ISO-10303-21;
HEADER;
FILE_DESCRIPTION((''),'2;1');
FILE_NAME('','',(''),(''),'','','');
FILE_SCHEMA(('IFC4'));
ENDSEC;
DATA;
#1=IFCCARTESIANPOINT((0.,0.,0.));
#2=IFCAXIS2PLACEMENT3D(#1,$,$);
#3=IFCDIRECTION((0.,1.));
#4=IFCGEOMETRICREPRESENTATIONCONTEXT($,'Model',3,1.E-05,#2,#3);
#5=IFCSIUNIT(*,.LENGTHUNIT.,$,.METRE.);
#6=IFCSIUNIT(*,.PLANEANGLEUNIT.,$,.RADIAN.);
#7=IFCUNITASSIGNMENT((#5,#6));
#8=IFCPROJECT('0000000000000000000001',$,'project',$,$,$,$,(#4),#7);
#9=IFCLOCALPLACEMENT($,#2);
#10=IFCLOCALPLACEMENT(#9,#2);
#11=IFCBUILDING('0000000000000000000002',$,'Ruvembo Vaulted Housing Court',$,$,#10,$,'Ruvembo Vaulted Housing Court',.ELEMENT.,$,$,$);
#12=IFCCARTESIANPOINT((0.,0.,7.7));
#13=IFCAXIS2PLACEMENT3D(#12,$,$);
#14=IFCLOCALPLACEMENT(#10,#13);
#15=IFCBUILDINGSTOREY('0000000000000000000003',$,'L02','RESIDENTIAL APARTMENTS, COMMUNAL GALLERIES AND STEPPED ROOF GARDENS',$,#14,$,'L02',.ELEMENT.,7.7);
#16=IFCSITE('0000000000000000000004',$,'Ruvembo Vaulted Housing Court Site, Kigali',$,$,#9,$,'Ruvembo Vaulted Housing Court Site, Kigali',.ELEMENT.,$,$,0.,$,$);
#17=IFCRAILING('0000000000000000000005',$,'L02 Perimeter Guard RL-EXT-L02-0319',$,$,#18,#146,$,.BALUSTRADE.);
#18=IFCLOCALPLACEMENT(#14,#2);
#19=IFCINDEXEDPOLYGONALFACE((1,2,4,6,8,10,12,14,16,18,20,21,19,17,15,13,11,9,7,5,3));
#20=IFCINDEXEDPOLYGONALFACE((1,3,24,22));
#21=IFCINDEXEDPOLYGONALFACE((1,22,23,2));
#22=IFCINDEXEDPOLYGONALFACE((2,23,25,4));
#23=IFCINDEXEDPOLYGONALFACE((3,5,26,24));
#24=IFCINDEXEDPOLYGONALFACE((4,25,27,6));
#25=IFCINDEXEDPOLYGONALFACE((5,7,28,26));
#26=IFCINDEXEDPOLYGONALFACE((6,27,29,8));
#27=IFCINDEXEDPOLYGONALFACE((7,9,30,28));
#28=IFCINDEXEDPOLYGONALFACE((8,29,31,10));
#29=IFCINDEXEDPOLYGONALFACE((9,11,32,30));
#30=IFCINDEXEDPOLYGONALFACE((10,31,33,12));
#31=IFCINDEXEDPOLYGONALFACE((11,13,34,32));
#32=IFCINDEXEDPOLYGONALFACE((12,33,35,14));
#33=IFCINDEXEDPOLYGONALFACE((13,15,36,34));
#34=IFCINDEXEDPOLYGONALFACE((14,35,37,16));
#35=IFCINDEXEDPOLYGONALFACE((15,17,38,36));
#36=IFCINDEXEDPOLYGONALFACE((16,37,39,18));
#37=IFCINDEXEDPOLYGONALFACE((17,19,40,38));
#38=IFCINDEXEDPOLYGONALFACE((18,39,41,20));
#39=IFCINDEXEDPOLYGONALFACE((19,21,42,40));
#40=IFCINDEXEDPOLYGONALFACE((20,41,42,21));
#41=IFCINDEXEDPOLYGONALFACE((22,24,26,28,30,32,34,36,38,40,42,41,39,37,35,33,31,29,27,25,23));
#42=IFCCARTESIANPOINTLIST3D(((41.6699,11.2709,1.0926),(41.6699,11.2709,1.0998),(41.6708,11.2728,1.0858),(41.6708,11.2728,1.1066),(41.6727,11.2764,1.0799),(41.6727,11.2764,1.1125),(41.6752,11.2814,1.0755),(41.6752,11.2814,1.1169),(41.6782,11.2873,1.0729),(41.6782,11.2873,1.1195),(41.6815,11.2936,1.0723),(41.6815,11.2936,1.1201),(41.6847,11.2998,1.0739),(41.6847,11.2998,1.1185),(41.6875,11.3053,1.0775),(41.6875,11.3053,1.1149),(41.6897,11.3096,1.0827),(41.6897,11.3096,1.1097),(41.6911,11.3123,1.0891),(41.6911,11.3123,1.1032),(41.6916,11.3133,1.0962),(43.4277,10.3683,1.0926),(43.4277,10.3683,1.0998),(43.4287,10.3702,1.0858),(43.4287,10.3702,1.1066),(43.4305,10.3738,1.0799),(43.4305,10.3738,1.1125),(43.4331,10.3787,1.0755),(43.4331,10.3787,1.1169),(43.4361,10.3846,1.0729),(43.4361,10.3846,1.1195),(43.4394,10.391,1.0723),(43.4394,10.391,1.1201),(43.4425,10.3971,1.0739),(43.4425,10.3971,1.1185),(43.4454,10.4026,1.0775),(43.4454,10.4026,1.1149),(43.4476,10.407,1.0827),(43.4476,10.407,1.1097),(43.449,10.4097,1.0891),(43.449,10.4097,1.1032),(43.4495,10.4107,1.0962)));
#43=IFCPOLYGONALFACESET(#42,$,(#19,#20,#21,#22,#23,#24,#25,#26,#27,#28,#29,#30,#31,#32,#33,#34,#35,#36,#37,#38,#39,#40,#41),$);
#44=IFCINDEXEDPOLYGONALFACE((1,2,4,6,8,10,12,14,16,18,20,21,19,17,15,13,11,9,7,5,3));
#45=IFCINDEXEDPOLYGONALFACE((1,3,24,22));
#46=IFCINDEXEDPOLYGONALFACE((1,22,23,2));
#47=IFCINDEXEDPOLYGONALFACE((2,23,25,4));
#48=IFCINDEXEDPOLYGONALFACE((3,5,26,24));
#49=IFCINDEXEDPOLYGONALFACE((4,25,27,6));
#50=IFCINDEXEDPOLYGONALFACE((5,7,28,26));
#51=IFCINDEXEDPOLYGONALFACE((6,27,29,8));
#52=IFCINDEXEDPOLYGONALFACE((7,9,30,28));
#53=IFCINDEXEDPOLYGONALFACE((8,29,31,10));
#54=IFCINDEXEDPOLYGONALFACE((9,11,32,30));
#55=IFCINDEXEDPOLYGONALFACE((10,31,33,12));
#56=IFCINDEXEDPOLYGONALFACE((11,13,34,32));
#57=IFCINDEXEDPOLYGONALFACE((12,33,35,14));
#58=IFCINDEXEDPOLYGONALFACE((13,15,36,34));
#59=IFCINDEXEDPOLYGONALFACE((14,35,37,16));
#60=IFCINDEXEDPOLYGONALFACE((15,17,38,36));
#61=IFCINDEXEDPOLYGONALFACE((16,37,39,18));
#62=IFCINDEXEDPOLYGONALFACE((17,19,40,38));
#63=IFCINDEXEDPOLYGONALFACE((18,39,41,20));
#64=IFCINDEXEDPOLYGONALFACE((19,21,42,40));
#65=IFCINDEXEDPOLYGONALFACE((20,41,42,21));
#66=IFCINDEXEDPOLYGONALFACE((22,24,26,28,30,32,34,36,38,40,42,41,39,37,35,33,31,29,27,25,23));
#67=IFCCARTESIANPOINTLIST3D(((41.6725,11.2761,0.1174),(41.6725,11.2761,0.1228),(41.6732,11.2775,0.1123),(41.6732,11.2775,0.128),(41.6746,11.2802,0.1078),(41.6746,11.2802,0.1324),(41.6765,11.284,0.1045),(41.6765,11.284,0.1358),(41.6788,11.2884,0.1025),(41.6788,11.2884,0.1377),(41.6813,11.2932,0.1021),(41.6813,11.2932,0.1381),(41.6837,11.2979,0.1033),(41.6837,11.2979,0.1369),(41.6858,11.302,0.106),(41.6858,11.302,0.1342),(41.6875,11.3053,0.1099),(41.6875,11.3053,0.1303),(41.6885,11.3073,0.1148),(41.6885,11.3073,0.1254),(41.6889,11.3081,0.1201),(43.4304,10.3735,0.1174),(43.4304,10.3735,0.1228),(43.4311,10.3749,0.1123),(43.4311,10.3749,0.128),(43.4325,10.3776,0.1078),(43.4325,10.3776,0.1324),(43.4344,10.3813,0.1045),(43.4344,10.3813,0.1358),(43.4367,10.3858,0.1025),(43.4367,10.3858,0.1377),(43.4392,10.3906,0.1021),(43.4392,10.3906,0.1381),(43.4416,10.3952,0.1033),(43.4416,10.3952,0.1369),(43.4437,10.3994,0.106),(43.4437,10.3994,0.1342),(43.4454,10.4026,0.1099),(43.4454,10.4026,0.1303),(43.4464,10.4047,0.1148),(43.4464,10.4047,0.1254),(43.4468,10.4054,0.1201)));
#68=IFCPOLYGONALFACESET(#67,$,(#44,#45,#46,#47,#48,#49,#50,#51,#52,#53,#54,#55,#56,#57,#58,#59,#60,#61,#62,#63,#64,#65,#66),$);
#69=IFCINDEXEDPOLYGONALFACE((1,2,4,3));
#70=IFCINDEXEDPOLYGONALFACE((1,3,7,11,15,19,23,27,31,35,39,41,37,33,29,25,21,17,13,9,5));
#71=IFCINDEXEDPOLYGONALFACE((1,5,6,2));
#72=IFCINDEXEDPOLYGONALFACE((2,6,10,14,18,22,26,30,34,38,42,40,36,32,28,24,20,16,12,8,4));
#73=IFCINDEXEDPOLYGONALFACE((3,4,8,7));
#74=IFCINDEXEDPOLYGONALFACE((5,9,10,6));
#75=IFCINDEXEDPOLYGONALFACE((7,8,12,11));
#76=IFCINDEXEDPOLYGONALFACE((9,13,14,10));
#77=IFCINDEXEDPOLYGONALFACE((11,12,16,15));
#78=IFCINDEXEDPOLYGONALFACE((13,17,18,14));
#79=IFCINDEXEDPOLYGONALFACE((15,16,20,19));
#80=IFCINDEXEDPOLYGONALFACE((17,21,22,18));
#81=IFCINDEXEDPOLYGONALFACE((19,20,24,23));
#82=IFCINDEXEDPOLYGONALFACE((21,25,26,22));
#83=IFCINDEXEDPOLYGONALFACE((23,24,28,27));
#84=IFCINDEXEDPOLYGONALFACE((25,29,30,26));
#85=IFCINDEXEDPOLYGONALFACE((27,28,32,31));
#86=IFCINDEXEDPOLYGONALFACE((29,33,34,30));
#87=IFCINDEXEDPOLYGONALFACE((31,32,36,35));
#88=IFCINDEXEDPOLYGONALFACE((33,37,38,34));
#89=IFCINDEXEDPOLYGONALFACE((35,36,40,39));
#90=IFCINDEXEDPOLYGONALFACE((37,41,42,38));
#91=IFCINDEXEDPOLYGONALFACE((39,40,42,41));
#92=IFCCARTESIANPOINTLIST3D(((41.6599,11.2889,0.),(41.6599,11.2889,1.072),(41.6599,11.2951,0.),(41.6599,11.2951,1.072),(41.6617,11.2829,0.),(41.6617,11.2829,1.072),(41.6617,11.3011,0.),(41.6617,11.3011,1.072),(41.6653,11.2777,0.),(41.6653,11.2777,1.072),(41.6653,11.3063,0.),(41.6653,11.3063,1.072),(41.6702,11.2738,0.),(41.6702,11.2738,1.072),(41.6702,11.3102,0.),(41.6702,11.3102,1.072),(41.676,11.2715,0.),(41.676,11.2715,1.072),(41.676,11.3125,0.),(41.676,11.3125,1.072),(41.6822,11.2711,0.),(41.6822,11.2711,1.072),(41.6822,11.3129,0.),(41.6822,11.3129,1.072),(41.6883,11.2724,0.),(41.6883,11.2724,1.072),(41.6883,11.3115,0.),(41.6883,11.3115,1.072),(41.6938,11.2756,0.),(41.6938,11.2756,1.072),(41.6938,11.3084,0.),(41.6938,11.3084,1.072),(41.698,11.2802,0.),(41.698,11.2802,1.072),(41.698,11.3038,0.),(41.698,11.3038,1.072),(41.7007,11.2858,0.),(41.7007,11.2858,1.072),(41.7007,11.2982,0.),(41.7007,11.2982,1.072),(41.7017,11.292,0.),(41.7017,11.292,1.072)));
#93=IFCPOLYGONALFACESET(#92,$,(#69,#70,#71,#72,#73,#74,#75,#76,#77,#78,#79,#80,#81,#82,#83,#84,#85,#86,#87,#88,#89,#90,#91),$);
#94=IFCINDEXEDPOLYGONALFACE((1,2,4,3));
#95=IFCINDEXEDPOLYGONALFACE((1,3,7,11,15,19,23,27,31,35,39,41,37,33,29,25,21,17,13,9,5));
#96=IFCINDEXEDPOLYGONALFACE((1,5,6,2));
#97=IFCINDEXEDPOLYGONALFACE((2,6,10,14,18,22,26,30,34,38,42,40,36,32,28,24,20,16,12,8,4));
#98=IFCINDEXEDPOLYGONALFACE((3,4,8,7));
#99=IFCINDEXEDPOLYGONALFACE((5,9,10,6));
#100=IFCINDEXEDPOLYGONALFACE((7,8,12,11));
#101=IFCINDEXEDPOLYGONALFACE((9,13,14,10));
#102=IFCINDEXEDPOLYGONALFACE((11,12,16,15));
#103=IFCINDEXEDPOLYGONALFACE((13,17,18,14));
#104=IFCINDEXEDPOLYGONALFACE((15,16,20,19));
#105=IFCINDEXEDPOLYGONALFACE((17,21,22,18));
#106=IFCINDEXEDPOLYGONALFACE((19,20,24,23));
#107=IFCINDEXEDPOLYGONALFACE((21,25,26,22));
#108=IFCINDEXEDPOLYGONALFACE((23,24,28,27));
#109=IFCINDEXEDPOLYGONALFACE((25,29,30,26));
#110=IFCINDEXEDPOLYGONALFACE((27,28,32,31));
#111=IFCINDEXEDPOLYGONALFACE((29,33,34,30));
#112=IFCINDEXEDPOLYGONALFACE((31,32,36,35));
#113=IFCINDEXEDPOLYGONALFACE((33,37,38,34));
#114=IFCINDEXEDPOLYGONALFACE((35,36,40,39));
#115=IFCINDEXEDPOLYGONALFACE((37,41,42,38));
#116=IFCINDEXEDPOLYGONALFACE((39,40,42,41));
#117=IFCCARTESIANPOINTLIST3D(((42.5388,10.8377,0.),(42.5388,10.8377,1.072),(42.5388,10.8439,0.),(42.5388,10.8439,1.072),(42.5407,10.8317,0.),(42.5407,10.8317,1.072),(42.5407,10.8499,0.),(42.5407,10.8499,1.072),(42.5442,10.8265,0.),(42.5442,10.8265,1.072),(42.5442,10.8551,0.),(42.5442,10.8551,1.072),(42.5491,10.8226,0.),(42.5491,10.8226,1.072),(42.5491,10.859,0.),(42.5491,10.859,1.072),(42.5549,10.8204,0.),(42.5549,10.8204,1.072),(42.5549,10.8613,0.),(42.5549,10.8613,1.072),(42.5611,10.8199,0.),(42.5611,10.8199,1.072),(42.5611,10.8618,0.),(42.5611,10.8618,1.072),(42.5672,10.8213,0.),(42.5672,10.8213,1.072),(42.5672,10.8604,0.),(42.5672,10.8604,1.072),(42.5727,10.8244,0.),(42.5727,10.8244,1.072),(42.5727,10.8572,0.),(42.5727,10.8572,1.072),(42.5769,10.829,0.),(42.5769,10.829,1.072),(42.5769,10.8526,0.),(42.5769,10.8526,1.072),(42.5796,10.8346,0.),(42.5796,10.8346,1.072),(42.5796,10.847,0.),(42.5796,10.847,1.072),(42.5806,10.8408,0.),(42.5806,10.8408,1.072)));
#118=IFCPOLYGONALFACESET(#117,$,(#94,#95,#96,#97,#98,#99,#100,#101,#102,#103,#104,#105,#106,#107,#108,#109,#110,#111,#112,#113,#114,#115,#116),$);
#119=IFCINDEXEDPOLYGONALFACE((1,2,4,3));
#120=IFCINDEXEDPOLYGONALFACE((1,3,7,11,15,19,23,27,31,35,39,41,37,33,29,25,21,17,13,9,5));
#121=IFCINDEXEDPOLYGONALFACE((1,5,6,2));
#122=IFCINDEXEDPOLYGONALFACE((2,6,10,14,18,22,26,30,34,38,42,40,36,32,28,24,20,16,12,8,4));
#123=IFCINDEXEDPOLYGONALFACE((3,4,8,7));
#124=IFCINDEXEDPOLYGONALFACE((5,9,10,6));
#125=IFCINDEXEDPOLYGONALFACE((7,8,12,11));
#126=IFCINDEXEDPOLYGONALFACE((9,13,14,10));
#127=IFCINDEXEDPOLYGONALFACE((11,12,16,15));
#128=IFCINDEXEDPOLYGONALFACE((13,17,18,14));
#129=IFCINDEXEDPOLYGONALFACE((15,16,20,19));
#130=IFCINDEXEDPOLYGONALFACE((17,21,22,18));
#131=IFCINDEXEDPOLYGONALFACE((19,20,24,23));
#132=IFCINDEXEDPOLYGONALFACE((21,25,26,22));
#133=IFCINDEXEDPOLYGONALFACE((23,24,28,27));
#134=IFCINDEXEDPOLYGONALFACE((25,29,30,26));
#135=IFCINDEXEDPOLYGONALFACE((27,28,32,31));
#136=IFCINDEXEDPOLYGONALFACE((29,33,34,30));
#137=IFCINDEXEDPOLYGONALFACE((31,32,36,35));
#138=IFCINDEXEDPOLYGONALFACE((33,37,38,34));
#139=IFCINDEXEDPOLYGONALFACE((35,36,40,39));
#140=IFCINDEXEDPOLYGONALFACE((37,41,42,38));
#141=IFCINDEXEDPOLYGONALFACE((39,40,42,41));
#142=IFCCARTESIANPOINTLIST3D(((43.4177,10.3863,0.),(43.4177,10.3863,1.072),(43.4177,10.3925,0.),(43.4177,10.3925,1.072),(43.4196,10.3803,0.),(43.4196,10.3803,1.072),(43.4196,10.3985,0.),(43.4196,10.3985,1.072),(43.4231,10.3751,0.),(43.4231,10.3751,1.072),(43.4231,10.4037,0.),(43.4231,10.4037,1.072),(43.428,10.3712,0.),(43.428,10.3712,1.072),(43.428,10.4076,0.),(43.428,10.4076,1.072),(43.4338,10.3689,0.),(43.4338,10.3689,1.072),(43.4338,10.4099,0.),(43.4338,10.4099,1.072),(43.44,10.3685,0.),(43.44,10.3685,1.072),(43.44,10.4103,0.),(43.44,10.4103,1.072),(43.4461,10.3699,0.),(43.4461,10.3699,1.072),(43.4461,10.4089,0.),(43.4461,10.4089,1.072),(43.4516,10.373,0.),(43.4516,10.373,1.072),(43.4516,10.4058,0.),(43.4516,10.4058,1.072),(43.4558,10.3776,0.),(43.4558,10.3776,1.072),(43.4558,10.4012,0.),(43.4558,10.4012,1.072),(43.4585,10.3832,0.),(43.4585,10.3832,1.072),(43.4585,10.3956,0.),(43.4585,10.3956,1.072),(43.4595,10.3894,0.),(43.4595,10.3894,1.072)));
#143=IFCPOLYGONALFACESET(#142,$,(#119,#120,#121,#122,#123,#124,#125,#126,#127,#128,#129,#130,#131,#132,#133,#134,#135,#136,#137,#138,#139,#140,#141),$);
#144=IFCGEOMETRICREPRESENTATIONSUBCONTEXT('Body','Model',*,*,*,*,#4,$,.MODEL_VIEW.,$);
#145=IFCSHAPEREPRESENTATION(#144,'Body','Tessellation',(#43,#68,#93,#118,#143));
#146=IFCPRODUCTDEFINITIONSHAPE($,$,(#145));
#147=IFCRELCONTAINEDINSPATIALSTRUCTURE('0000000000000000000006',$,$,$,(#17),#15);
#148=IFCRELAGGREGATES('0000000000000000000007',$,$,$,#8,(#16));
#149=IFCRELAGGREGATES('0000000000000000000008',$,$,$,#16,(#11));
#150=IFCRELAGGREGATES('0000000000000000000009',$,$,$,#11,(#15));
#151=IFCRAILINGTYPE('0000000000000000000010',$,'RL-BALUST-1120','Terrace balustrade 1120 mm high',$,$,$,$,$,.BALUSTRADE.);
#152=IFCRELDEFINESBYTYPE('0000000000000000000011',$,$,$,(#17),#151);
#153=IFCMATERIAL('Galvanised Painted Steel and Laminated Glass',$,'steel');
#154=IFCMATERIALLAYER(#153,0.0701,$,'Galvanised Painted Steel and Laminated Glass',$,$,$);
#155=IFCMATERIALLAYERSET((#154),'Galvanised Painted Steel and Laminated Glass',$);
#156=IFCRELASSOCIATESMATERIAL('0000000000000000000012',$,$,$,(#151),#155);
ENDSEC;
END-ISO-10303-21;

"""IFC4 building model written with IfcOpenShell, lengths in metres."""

from ifc_helpers import new_model, si_unit, direction, frame, origin, origin_2d, place, context, subcontext, project, spatial, circle, extrude, material, layer, layer_set, type_object, element, save


model = new_model("IFC4")

# Units and contexts
model_context = context("Model", 3, precision=1e-05, world=origin(), true_north=direction((0.0, 1.0)))
body_context = subcontext(model_context, "Body", "Model", "MODEL_VIEW")
ifc_project = project(units=[si_unit("LENGTHUNIT", "METRE"), si_unit("PLANEANGLEUNIT", "RADIAN")], contexts=[model_context])

# Site, building, storey
site_placement = place(None, origin())
site = spatial("IfcSite", under=ifc_project, at=site_placement, Name="Ruvembo Vaulted Housing Court Site, Kigali", LongName="Ruvembo Vaulted Housing Court Site, Kigali", CompositionType="ELEMENT", RefElevation=0.0)
building_placement = place(site_placement, origin())
building = spatial("IfcBuilding", under=site, at=building_placement, Name="Ruvembo Vaulted Housing Court", LongName="Ruvembo Vaulted Housing Court", CompositionType="ELEMENT")
storey_placement = place(building_placement, frame((0.0, 0.0, 7.7)))
storey = spatial("IfcBuildingStorey", under=building, at=storey_placement, Name="L02", Description="RESIDENTIAL APARTMENTS, COMMUNAL GALLERIES AND STEPPED ROOF GARDENS", LongName="L02", CompositionType="ELEMENT", Elevation=7.7)

# Railing
ifc_material_1 = material(Name="Galvanised Painted Steel and Laminated Glass", Category="steel")
ifc_layer_1 = layer(ifc_material_1, 0.0701, Name="Galvanised Painted Steel and Laminated Glass")
ifc_layer_set_1 = layer_set([ifc_layer_1], Name="Galvanised Painted Steel and Laminated Glass")
railing_type = type_object("IfcRailingType", Name="RL-BALUST-1120", Description="Terrace balustrade 1120 mm high", PredefinedType="BALUSTRADE", material=ifc_layer_set_1)
railing_1_placement = place(storey_placement, frame((41.6807, 11.292, 0.0)))
element("IfcRailing", 1, at=railing_1_placement, inside=storey, type_object=railing_type, Name="L02 Perimeter Guard RL-EXT-L02-0319", PredefinedType="BALUSTRADE", context=body_context, shape_type="SweptSolid", body=[
    extrude(circle(Radius=0.0239, at=origin_2d()), frame((0.0, 0.0, 1.0962), z_axis=(0.889582, -0.456776, 0.0), x_axis=(0.456776, 0.889582, 0.0)), (0.0, 0.0, 1.0), 1.9761),
    extrude(circle(Radius=0.0181, at=origin_2d()), frame((0.0, 0.0, 0.1201), z_axis=(0.889582, -0.456776, 0.0), x_axis=(0.456776, 0.889582, 0.0)), (0.0, 0.0, 1.0), 1.9761),
    extrude(circle(Radius=0.021, at=origin_2d()), origin(), (0.0, 0.0, 1.0), 1.072),
    extrude(circle(Radius=0.021, at=origin_2d()), frame((0.8789, -0.4512, 0.0)), (0.0, 0.0, 1.0), 1.072),
    extrude(circle(Radius=0.021, at=origin_2d()), frame((1.7578, -0.9026, 0.0)), (0.0, 0.0, 1.0), 1.072),
])

save(model, "model.ifc")
